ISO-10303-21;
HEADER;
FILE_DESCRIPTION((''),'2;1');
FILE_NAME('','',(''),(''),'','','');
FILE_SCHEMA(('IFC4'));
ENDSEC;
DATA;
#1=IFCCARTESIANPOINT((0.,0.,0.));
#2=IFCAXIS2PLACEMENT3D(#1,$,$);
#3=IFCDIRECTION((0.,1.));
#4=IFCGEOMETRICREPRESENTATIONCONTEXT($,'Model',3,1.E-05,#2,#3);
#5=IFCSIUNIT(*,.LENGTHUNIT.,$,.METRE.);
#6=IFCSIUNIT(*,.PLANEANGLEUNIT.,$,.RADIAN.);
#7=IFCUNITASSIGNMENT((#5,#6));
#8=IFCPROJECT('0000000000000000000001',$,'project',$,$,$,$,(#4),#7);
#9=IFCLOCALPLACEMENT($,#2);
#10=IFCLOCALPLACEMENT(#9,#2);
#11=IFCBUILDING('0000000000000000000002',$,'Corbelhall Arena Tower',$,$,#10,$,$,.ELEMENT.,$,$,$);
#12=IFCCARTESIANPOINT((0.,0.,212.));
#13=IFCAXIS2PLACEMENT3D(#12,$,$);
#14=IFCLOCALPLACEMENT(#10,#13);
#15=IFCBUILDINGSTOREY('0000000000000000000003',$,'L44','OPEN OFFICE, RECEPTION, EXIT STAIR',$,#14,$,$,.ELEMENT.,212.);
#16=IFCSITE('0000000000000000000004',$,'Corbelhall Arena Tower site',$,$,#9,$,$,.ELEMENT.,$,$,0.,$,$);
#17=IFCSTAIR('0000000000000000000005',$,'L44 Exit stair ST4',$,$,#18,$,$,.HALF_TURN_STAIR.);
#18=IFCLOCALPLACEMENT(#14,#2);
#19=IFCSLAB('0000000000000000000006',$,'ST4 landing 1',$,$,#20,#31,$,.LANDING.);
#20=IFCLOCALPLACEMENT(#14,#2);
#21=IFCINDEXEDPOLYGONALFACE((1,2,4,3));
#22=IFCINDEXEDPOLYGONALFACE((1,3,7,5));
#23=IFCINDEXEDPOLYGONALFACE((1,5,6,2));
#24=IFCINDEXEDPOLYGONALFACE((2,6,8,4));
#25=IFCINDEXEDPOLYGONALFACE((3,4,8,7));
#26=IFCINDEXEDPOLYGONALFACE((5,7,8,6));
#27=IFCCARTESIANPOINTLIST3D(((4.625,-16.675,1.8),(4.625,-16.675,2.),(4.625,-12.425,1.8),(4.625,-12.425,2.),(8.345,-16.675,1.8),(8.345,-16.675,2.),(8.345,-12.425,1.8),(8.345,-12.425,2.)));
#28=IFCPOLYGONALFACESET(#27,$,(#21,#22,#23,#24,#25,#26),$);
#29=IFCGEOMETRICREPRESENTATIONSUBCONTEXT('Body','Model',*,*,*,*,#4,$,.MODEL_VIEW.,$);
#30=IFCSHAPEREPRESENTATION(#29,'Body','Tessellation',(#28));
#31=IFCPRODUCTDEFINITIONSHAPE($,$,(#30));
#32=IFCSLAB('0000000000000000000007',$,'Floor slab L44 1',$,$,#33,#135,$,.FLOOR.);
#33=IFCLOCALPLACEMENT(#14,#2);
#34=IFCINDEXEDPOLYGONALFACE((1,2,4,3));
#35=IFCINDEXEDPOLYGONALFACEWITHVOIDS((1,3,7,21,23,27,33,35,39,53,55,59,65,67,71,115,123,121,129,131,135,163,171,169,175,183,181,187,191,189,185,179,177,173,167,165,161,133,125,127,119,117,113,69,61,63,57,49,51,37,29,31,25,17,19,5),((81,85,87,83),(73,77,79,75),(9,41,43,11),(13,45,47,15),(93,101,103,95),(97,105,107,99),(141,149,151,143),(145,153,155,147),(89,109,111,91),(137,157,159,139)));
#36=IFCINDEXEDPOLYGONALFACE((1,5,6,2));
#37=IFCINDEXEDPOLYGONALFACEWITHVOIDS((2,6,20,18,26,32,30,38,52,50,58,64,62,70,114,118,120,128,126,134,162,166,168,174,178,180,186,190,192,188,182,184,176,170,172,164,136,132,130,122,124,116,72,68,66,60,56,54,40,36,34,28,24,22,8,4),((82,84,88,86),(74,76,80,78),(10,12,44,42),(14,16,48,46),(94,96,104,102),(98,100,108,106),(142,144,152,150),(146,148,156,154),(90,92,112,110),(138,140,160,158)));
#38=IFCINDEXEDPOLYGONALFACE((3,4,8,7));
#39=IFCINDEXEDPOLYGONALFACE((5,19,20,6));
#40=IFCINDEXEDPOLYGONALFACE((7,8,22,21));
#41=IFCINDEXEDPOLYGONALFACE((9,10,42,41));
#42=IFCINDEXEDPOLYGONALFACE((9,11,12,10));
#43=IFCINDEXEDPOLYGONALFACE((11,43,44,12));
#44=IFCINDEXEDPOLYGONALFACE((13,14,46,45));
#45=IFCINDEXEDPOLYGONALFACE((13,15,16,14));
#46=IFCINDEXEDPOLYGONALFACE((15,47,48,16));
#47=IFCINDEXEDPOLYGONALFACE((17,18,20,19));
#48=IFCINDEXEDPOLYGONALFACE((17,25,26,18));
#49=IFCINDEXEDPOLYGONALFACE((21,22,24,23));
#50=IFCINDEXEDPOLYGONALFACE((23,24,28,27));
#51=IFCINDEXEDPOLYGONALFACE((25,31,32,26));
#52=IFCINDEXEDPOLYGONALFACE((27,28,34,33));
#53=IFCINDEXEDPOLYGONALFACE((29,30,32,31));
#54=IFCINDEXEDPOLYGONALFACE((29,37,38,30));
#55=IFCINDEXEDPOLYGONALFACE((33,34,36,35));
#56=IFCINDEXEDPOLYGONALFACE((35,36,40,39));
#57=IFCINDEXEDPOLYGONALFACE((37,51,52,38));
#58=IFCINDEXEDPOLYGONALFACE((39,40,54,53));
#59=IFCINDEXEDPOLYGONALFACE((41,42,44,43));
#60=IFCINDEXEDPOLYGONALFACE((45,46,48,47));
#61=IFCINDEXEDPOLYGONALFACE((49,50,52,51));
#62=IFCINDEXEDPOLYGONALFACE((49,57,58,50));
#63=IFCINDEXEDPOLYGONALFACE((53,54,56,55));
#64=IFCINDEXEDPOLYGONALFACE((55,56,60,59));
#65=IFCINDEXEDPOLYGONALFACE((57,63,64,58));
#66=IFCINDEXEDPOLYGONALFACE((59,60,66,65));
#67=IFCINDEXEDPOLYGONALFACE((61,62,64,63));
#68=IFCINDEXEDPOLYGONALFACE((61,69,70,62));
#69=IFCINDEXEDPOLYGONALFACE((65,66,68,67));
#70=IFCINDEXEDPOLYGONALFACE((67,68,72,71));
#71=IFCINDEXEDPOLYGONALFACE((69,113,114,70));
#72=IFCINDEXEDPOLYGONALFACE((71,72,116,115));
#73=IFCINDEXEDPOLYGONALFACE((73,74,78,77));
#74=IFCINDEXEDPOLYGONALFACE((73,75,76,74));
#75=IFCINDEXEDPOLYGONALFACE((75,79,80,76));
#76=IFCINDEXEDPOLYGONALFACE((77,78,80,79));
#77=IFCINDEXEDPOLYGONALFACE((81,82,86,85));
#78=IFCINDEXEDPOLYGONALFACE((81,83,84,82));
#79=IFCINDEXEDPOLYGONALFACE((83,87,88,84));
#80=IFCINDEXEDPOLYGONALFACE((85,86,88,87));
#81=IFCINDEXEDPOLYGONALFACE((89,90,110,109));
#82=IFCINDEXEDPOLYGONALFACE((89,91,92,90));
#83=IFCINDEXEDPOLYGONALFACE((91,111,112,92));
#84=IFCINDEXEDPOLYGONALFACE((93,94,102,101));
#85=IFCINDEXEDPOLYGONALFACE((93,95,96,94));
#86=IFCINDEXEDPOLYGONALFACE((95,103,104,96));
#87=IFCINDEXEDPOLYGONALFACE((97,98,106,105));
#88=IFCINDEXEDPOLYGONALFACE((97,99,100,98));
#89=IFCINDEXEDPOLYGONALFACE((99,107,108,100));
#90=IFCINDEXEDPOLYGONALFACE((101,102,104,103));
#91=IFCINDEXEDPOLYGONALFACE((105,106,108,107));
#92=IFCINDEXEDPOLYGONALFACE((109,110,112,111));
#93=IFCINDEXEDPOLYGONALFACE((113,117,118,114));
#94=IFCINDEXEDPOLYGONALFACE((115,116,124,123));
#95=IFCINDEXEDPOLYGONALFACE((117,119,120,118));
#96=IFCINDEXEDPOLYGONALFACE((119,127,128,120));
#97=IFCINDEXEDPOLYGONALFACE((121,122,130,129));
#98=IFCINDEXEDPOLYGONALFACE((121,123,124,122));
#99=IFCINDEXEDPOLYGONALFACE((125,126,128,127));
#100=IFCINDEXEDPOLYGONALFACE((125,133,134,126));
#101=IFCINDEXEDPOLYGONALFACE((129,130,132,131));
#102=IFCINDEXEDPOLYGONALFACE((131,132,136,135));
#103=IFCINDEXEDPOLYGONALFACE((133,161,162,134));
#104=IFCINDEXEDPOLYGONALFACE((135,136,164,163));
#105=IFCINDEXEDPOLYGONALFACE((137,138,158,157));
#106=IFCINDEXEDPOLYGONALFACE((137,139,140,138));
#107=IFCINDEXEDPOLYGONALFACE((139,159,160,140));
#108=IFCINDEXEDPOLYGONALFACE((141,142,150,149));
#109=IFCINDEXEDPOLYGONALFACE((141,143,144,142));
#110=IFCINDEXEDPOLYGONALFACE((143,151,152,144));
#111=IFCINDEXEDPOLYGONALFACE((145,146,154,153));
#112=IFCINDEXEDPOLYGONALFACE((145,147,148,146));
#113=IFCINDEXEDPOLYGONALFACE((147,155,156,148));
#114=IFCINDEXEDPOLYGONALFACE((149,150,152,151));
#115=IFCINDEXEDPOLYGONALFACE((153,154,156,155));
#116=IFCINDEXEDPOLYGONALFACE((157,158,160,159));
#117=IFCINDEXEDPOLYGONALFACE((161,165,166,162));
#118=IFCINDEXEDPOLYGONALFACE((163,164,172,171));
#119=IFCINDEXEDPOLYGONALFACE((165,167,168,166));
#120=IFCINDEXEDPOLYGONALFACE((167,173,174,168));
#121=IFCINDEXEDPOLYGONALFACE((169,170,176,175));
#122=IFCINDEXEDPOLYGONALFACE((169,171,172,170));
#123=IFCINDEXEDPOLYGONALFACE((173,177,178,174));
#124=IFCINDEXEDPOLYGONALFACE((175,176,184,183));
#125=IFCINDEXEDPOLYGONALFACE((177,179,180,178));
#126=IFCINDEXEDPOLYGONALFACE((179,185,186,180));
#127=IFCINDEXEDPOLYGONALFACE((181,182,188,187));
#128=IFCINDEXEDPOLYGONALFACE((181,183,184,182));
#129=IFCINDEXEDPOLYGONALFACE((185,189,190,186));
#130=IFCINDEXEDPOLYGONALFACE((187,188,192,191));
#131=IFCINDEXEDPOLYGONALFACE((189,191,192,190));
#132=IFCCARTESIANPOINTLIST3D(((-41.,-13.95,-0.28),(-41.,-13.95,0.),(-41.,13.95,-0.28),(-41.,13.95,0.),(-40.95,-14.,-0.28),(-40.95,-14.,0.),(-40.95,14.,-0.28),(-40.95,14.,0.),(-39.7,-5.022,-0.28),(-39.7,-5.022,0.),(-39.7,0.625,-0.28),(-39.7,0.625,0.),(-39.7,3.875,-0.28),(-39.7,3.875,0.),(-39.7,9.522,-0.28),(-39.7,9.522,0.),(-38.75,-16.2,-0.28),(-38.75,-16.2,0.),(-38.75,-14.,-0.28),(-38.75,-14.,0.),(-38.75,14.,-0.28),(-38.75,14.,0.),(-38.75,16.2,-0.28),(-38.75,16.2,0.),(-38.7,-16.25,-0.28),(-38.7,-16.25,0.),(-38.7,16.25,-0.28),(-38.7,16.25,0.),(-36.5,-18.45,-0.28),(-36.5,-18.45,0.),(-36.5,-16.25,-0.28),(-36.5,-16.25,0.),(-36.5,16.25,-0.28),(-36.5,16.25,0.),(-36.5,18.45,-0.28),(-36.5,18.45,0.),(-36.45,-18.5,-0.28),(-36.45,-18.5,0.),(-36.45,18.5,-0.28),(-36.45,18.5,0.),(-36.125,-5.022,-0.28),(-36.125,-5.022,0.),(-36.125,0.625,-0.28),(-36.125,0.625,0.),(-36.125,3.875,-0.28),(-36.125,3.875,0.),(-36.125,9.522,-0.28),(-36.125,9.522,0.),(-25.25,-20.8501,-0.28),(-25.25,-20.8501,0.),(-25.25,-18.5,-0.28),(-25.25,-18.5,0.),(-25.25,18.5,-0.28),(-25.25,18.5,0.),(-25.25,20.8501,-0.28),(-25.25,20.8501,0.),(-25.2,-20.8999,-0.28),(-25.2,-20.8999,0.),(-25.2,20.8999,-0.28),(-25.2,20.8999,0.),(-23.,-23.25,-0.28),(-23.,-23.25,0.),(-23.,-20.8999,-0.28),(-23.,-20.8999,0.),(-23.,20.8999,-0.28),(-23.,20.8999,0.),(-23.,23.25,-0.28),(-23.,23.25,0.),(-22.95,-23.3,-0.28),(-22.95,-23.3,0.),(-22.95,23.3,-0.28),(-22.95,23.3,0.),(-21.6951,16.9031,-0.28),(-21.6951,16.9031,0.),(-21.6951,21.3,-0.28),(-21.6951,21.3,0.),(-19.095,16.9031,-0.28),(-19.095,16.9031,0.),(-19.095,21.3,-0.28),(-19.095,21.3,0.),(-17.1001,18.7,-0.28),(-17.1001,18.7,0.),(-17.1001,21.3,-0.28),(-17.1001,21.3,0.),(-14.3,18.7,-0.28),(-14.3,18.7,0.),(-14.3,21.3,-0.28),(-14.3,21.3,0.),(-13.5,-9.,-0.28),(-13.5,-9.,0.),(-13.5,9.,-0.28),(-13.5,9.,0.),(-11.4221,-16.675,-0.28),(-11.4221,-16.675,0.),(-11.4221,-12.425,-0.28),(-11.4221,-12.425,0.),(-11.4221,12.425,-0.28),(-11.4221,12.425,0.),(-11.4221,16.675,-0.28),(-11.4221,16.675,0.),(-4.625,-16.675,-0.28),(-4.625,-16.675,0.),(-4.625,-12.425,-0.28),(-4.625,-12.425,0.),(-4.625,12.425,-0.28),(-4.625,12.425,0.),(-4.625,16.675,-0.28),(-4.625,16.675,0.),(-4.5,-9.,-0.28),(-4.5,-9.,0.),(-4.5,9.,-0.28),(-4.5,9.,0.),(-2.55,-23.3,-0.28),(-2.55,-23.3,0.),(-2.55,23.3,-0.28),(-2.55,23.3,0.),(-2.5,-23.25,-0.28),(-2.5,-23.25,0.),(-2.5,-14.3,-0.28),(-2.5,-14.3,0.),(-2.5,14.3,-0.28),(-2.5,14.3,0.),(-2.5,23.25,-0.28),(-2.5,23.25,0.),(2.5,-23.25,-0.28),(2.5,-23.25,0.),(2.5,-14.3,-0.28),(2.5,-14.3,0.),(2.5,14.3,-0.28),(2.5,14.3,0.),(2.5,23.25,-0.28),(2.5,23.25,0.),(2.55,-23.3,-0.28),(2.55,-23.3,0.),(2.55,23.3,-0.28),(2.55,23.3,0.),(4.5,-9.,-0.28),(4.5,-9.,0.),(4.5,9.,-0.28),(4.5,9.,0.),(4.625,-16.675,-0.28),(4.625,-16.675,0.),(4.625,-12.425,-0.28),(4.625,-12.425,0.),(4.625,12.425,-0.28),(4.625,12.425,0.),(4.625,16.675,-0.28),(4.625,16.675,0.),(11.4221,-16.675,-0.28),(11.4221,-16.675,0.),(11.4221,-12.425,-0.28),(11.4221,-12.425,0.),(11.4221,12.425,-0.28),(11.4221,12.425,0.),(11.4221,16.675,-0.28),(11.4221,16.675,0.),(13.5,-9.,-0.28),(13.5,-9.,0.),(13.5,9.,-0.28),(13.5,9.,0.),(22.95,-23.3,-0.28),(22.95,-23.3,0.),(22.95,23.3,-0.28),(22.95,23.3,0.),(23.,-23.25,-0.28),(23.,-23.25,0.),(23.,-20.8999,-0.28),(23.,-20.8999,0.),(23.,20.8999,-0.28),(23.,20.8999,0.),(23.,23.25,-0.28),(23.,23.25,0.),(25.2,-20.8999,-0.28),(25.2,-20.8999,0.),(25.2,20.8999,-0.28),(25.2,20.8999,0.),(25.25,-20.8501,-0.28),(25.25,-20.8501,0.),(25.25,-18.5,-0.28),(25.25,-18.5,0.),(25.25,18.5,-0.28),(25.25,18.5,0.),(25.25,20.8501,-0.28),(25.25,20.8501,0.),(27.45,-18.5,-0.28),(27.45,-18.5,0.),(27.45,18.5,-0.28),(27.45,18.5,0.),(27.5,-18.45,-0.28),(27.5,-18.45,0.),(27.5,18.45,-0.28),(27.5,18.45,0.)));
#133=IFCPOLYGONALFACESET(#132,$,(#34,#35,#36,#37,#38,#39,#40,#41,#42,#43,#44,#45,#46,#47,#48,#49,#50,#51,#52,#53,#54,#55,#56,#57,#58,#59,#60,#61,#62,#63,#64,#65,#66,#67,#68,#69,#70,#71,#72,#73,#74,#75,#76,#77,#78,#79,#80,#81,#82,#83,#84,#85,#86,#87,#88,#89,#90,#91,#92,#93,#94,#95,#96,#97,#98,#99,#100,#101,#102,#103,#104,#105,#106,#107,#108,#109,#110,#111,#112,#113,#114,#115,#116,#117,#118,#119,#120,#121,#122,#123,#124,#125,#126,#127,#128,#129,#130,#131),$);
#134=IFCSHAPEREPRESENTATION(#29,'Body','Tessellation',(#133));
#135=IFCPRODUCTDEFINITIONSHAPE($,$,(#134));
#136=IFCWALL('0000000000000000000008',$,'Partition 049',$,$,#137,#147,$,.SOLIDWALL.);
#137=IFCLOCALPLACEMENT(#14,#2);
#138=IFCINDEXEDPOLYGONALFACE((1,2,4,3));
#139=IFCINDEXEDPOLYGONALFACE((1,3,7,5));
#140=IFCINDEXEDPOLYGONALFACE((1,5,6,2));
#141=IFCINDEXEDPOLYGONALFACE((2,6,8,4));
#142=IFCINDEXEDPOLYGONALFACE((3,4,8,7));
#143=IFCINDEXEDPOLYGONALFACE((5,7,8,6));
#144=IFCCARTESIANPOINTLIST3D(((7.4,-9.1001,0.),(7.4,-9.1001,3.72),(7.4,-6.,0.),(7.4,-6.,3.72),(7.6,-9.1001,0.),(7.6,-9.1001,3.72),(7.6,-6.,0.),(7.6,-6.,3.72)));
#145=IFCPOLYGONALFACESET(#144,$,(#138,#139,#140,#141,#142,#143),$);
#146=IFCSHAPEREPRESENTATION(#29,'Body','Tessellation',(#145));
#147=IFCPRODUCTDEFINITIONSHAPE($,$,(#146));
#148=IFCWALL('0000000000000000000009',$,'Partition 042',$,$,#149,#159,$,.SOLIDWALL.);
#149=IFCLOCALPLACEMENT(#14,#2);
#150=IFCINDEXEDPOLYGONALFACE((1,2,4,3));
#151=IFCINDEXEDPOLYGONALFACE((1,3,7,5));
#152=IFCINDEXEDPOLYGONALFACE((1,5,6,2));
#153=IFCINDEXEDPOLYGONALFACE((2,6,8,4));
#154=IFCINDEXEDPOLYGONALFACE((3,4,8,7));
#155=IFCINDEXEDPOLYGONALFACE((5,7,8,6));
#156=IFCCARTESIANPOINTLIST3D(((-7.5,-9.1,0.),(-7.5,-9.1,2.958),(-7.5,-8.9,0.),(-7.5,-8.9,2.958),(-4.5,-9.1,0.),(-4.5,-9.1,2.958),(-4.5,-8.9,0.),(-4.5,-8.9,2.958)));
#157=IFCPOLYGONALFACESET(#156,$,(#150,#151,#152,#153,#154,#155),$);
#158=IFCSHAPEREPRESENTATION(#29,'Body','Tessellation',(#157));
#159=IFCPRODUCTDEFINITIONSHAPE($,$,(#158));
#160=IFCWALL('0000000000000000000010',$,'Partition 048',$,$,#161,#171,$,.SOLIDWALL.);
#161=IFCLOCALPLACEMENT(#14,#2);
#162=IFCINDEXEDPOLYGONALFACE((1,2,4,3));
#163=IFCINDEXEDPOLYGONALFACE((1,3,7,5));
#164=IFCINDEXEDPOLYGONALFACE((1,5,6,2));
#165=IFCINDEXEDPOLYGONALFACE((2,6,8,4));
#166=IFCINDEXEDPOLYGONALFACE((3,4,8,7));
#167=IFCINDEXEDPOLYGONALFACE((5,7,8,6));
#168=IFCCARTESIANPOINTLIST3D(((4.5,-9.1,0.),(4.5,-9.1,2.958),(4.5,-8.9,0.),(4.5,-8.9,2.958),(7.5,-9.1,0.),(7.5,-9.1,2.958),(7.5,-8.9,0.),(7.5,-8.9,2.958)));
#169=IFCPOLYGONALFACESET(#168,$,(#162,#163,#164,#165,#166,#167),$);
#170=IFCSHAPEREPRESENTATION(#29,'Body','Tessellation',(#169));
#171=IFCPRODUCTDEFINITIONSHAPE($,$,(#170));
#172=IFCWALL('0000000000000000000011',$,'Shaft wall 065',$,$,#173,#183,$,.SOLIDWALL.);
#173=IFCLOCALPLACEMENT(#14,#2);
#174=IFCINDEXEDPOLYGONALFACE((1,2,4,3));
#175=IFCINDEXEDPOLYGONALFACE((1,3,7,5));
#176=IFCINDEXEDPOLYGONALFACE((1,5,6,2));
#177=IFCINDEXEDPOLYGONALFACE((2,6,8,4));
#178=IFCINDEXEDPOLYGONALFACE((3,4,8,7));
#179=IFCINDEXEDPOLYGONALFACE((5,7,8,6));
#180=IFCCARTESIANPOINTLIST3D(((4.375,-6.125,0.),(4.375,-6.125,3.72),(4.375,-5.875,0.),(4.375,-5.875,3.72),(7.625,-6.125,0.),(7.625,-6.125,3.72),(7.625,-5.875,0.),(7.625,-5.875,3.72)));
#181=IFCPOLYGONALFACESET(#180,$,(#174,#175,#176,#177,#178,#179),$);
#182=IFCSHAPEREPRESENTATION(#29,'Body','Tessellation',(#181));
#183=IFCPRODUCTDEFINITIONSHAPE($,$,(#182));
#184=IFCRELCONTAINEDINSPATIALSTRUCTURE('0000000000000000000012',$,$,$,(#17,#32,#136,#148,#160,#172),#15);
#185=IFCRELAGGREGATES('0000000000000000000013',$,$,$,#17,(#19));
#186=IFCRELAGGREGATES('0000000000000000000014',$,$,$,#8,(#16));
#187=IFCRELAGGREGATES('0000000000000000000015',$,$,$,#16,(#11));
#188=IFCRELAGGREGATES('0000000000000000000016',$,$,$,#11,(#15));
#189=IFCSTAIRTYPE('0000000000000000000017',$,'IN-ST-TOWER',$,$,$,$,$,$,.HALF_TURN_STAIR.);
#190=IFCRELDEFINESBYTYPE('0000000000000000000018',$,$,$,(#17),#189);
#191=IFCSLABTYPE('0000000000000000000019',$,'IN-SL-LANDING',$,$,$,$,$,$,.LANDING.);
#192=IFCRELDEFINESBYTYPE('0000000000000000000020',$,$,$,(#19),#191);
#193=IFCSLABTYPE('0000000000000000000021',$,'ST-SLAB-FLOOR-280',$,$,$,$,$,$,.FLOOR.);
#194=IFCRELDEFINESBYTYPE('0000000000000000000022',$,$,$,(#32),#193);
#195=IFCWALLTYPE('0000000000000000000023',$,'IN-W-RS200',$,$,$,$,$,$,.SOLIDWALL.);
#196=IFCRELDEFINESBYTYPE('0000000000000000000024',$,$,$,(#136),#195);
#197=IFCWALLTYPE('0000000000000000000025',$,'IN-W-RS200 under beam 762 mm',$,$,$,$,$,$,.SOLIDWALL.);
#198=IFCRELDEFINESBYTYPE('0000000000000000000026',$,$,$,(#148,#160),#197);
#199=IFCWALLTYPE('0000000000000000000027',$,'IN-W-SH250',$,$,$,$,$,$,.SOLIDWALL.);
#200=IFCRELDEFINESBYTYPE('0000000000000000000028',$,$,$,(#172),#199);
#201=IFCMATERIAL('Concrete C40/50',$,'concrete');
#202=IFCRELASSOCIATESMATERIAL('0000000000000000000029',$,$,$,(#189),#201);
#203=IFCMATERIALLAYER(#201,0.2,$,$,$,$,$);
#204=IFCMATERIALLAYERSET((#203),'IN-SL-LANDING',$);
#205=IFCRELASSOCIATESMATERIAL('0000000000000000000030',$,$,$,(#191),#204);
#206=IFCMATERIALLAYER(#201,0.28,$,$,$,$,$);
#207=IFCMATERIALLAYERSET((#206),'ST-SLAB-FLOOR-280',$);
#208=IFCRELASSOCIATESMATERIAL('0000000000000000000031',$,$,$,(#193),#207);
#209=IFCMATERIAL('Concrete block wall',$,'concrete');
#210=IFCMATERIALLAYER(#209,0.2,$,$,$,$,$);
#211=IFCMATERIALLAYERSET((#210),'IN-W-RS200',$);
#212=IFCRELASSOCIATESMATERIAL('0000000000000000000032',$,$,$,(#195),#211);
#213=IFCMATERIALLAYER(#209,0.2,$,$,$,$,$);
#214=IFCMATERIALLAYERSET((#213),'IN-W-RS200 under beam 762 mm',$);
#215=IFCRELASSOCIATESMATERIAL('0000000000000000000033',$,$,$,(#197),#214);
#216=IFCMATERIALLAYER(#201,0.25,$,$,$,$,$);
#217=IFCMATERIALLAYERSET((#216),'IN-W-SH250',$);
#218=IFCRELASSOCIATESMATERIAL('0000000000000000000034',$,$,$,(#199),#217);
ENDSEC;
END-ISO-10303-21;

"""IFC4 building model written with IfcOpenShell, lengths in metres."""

from ifc_helpers import new_model, si_unit, direction, frame, frame_2d, origin, place, context, subcontext, project, spatial, polyline, rectangle, outline, extrude, material, layer, layer_set, type_object, element, aggregate, save


model = new_model("IFC4")

# Units and contexts
model_context = context("Model", 3, precision=1e-05, world=origin(), true_north=direction((0.0, 1.0)))
body_context = subcontext(model_context, "Body", "Model", "MODEL_VIEW")
ifc_project = project(units=[si_unit("LENGTHUNIT", "METRE"), si_unit("PLANEANGLEUNIT", "RADIAN")], contexts=[model_context])

# Site, building, storey
site_placement = place(None, origin())
site = spatial("IfcSite", under=ifc_project, at=site_placement, Name="Corbelhall Arena Tower site", CompositionType="ELEMENT", RefElevation=0.0)
building_placement = place(site_placement, origin())
building = spatial("IfcBuilding", under=site, at=building_placement, Name="Corbelhall Arena Tower", CompositionType="ELEMENT")
storey_placement = place(building_placement, frame((0.0, 0.0, 212.0)))
storey = spatial("IfcBuildingStorey", under=building, at=storey_placement, Name="L44", Description="OPEN OFFICE, RECEPTION, EXIT STAIR", CompositionType="ELEMENT", Elevation=212.0)

# Shared definitions
ifc_material_1 = material(Name="Concrete C40/50", Category="concrete")

# Stair, slab
stair_type = type_object("IfcStairType", Name="IN-ST-TOWER", PredefinedType="HALF_TURN_STAIR", material=ifc_material_1)
ifc_layer_1 = layer(ifc_material_1, 0.2)
ifc_layer_set_1 = layer_set([ifc_layer_1], Name="IN-SL-LANDING")
slab_type_1 = type_object("IfcSlabType", Name="IN-SL-LANDING", PredefinedType="LANDING", material=ifc_layer_set_1)
stair_1_placement = place(storey_placement, origin())
stair_1 = element("IfcStair", 1, at=stair_1_placement, inside=storey, type_object=stair_type, Name="L44 Exit stair ST4", PredefinedType="HALF_TURN_STAIR")
slab_1_placement = place(storey_placement, frame((0.0, 0.0, 1.8)))
slab_1 = element("IfcSlab", 2, at=slab_1_placement, type_object=slab_type_1, Name="ST4 landing 1", PredefinedType="LANDING", context=body_context, shape_type="SweptSolid", body=[
    extrude(outline(polyline([(8.345, -12.425), (4.625, -12.425), (4.625, -16.675), (8.345, -16.675), (8.345, -12.425)])), origin(), (0.0, 0.0, 1.0), 0.2),
])
aggregate(stair_1, [slab_1])

# Slab
ifc_layer_2 = layer(ifc_material_1, 0.28)
ifc_layer_set_2 = layer_set([ifc_layer_2], Name="ST-SLAB-FLOOR-280")
slab_type_2 = type_object("IfcSlabType", Name="ST-SLAB-FLOOR-280", PredefinedType="FLOOR", material=ifc_layer_set_2)
slab_2_placement = place(storey_placement, frame((0.0, 0.0, -0.28)))
element("IfcSlab", 3, at=slab_2_placement, inside=storey, type_object=slab_type_2, Name="Floor slab L44 1", PredefinedType="FLOOR", context=body_context, shape_type="SweptSolid", body=[
    extrude(outline(polyline([(23.0, 23.25), (22.95, 23.3), (2.55, 23.3), (2.5, 23.25), (2.5, 14.3), (-2.5, 14.3), (-2.5, 23.25), (-2.55, 23.3), (-22.95, 23.3), (-23.0, 23.25), (-23.0, 20.8999), (-25.2, 20.8999), (-25.25, 20.8501), (-25.25, 18.5), (-36.45, 18.5), (-36.5, 18.45), (-36.5, 16.25), (-38.7, 16.25), (-38.75, 16.2), (-38.75, 14.0), (-40.95, 14.0), (-41.0, 13.95), (-41.0, -13.95), (-40.95, -14.0), (-38.75, -14.0), (-38.75, -16.2), (-38.7, -16.25), (-36.5, -16.25), (-36.5, -18.45), (-36.45, -18.5), (-25.25, -18.5), (-25.25, -20.8501), (-25.2, -20.8999), (-23.0, -20.8999), (-23.0, -23.25), (-22.95, -23.3), (-2.55, -23.3), (-2.5, -23.25), (-2.5, -14.3), (2.5, -14.3), (2.5, -23.25), (2.55, -23.3), (22.95, -23.3), (23.0, -23.25), (23.0, -20.8999), (25.2, -20.8999), (25.25, -20.8501), (25.25, -18.5), (27.45, -18.5), (27.5, -18.45), (27.5, 18.45), (27.45, 18.5), (25.25, 18.5), (25.25, 20.8501), (25.2, 20.8999), (23.0, 20.8999), (23.0, 23.25)]), holes=[polyline([(-4.5, -9.0), (-4.5, 9.0), (-13.5, 9.0), (-13.5, -9.0), (-4.5, -9.0)]), polyline([(13.5, -9.0), (13.5, 9.0), (4.5, 9.0), (4.5, -9.0), (13.5, -9.0)]), polyline([(-11.4221, 12.425), (-4.625, 12.425), (-4.625, 16.675), (-11.4221, 16.675), (-11.4221, 12.425)]), polyline([(-11.4221, -12.425), (-11.4221, -16.675), (-4.625, -16.675), (-4.625, -12.425), (-11.4221, -12.425)]), polyline([(4.625, 12.425), (11.4221, 12.425), (11.4221, 16.675), (4.625, 16.675), (4.625, 12.425)]), polyline([(4.625, -12.425), (4.625, -16.675), (11.4221, -16.675), (11.4221, -12.425), (4.625, -12.425)]), polyline([(-39.7, 9.522), (-39.7, 3.875), (-36.125, 3.875), (-36.125, 9.522), (-39.7, 9.522)]), polyline([(-39.7, -5.022), (-36.125, -5.022), (-36.125, 0.625), (-39.7, 0.625), (-39.7, -5.022)]), polyline([(-21.6951, 21.3), (-21.6951, 16.9031), (-19.095, 16.9031), (-19.095, 21.3), (-21.6951, 21.3)]), polyline([(-14.3, 21.3), (-17.1001, 21.3), (-17.1001, 18.7), (-14.3, 18.7), (-14.3, 21.3)])]), origin(), (0.0, 0.0, 1.0), 0.28),
])

# Walls
ifc_material_2 = material(Name="Concrete block wall", Category="concrete")
ifc_layer_3 = layer(ifc_material_2, 0.2)
ifc_layer_set_3 = layer_set([ifc_layer_3], Name="IN-W-RS200")
wall_type_1 = type_object("IfcWallType", Name="IN-W-RS200", PredefinedType="SOLIDWALL", material=ifc_layer_set_3)
wall_1_placement = place(storey_placement, frame((7.5, -6.0, 0.0), z_axis=(0.0, 0.0, 1.0), x_axis=(0.0, -1.0, 0.0)))
element("IfcWall", 4, at=wall_1_placement, inside=storey, type_object=wall_type_1, Name="Partition 049", PredefinedType="SOLIDWALL", context=body_context, shape_type="SweptSolid", body=[
    extrude(rectangle(XDim=3.1001, YDim=0.2, at=frame_2d((1.55, 0.0))), origin(), (0.0, 0.0, 1.0), 3.72),
])
ifc_layer_4 = layer(ifc_material_2, 0.2)
ifc_layer_set_4 = layer_set([ifc_layer_4], Name="IN-W-RS200 under beam 762 mm")
wall_type_2 = type_object("IfcWallType", Name="IN-W-RS200 under beam 762 mm", PredefinedType="SOLIDWALL", material=ifc_layer_set_4)
wall_2_placement = place(storey_placement, frame((-4.5, -9.0, 0.0), z_axis=(0.0, 0.0, 1.0), x_axis=(-1.0, 0.0, 0.0)))
element("IfcWall", 5, at=wall_2_placement, inside=storey, type_object=wall_type_2, Name="Partition 042", PredefinedType="SOLIDWALL", context=body_context, shape_type="SweptSolid", body=[
    extrude(rectangle(XDim=3.0, YDim=0.2, at=frame_2d((1.5, 0.0))), origin(), (0.0, 0.0, 1.0), 2.958),
])

# Walls
wall_3_placement = place(storey_placement, frame((7.5, -9.0, 0.0), z_axis=(0.0, 0.0, 1.0), x_axis=(-1.0, 0.0, 0.0)))
element("IfcWall", 6, at=wall_3_placement, inside=storey, type_object=wall_type_2, Name="Partition 048", PredefinedType="SOLIDWALL", context=body_context, shape_type="SweptSolid", body=[
    extrude(rectangle(XDim=3.0, YDim=0.2, at=frame_2d((1.5, 0.0))), origin(), (0.0, 0.0, 1.0), 2.958),
])
ifc_layer_5 = layer(ifc_material_1, 0.25)
ifc_layer_set_5 = layer_set([ifc_layer_5], Name="IN-W-SH250")
wall_type_3 = type_object("IfcWallType", Name="IN-W-SH250", PredefinedType="SOLIDWALL", material=ifc_layer_set_5)
wall_4_placement = place(storey_placement, frame((4.375, -6.0, 0.0), z_axis=(0.0, 0.0, 1.0), x_axis=(1.0, 0.0, 0.0)))
element("IfcWall", 7, at=wall_4_placement, inside=storey, type_object=wall_type_3, Name="Shaft wall 065", PredefinedType="SOLIDWALL", context=body_context, shape_type="SweptSolid", body=[
    extrude(rectangle(XDim=3.25, YDim=0.25, at=frame_2d((1.625, 0.0))), origin(), (0.0, 0.0, 1.0), 3.72),
])

save(model, "model.ifc")
